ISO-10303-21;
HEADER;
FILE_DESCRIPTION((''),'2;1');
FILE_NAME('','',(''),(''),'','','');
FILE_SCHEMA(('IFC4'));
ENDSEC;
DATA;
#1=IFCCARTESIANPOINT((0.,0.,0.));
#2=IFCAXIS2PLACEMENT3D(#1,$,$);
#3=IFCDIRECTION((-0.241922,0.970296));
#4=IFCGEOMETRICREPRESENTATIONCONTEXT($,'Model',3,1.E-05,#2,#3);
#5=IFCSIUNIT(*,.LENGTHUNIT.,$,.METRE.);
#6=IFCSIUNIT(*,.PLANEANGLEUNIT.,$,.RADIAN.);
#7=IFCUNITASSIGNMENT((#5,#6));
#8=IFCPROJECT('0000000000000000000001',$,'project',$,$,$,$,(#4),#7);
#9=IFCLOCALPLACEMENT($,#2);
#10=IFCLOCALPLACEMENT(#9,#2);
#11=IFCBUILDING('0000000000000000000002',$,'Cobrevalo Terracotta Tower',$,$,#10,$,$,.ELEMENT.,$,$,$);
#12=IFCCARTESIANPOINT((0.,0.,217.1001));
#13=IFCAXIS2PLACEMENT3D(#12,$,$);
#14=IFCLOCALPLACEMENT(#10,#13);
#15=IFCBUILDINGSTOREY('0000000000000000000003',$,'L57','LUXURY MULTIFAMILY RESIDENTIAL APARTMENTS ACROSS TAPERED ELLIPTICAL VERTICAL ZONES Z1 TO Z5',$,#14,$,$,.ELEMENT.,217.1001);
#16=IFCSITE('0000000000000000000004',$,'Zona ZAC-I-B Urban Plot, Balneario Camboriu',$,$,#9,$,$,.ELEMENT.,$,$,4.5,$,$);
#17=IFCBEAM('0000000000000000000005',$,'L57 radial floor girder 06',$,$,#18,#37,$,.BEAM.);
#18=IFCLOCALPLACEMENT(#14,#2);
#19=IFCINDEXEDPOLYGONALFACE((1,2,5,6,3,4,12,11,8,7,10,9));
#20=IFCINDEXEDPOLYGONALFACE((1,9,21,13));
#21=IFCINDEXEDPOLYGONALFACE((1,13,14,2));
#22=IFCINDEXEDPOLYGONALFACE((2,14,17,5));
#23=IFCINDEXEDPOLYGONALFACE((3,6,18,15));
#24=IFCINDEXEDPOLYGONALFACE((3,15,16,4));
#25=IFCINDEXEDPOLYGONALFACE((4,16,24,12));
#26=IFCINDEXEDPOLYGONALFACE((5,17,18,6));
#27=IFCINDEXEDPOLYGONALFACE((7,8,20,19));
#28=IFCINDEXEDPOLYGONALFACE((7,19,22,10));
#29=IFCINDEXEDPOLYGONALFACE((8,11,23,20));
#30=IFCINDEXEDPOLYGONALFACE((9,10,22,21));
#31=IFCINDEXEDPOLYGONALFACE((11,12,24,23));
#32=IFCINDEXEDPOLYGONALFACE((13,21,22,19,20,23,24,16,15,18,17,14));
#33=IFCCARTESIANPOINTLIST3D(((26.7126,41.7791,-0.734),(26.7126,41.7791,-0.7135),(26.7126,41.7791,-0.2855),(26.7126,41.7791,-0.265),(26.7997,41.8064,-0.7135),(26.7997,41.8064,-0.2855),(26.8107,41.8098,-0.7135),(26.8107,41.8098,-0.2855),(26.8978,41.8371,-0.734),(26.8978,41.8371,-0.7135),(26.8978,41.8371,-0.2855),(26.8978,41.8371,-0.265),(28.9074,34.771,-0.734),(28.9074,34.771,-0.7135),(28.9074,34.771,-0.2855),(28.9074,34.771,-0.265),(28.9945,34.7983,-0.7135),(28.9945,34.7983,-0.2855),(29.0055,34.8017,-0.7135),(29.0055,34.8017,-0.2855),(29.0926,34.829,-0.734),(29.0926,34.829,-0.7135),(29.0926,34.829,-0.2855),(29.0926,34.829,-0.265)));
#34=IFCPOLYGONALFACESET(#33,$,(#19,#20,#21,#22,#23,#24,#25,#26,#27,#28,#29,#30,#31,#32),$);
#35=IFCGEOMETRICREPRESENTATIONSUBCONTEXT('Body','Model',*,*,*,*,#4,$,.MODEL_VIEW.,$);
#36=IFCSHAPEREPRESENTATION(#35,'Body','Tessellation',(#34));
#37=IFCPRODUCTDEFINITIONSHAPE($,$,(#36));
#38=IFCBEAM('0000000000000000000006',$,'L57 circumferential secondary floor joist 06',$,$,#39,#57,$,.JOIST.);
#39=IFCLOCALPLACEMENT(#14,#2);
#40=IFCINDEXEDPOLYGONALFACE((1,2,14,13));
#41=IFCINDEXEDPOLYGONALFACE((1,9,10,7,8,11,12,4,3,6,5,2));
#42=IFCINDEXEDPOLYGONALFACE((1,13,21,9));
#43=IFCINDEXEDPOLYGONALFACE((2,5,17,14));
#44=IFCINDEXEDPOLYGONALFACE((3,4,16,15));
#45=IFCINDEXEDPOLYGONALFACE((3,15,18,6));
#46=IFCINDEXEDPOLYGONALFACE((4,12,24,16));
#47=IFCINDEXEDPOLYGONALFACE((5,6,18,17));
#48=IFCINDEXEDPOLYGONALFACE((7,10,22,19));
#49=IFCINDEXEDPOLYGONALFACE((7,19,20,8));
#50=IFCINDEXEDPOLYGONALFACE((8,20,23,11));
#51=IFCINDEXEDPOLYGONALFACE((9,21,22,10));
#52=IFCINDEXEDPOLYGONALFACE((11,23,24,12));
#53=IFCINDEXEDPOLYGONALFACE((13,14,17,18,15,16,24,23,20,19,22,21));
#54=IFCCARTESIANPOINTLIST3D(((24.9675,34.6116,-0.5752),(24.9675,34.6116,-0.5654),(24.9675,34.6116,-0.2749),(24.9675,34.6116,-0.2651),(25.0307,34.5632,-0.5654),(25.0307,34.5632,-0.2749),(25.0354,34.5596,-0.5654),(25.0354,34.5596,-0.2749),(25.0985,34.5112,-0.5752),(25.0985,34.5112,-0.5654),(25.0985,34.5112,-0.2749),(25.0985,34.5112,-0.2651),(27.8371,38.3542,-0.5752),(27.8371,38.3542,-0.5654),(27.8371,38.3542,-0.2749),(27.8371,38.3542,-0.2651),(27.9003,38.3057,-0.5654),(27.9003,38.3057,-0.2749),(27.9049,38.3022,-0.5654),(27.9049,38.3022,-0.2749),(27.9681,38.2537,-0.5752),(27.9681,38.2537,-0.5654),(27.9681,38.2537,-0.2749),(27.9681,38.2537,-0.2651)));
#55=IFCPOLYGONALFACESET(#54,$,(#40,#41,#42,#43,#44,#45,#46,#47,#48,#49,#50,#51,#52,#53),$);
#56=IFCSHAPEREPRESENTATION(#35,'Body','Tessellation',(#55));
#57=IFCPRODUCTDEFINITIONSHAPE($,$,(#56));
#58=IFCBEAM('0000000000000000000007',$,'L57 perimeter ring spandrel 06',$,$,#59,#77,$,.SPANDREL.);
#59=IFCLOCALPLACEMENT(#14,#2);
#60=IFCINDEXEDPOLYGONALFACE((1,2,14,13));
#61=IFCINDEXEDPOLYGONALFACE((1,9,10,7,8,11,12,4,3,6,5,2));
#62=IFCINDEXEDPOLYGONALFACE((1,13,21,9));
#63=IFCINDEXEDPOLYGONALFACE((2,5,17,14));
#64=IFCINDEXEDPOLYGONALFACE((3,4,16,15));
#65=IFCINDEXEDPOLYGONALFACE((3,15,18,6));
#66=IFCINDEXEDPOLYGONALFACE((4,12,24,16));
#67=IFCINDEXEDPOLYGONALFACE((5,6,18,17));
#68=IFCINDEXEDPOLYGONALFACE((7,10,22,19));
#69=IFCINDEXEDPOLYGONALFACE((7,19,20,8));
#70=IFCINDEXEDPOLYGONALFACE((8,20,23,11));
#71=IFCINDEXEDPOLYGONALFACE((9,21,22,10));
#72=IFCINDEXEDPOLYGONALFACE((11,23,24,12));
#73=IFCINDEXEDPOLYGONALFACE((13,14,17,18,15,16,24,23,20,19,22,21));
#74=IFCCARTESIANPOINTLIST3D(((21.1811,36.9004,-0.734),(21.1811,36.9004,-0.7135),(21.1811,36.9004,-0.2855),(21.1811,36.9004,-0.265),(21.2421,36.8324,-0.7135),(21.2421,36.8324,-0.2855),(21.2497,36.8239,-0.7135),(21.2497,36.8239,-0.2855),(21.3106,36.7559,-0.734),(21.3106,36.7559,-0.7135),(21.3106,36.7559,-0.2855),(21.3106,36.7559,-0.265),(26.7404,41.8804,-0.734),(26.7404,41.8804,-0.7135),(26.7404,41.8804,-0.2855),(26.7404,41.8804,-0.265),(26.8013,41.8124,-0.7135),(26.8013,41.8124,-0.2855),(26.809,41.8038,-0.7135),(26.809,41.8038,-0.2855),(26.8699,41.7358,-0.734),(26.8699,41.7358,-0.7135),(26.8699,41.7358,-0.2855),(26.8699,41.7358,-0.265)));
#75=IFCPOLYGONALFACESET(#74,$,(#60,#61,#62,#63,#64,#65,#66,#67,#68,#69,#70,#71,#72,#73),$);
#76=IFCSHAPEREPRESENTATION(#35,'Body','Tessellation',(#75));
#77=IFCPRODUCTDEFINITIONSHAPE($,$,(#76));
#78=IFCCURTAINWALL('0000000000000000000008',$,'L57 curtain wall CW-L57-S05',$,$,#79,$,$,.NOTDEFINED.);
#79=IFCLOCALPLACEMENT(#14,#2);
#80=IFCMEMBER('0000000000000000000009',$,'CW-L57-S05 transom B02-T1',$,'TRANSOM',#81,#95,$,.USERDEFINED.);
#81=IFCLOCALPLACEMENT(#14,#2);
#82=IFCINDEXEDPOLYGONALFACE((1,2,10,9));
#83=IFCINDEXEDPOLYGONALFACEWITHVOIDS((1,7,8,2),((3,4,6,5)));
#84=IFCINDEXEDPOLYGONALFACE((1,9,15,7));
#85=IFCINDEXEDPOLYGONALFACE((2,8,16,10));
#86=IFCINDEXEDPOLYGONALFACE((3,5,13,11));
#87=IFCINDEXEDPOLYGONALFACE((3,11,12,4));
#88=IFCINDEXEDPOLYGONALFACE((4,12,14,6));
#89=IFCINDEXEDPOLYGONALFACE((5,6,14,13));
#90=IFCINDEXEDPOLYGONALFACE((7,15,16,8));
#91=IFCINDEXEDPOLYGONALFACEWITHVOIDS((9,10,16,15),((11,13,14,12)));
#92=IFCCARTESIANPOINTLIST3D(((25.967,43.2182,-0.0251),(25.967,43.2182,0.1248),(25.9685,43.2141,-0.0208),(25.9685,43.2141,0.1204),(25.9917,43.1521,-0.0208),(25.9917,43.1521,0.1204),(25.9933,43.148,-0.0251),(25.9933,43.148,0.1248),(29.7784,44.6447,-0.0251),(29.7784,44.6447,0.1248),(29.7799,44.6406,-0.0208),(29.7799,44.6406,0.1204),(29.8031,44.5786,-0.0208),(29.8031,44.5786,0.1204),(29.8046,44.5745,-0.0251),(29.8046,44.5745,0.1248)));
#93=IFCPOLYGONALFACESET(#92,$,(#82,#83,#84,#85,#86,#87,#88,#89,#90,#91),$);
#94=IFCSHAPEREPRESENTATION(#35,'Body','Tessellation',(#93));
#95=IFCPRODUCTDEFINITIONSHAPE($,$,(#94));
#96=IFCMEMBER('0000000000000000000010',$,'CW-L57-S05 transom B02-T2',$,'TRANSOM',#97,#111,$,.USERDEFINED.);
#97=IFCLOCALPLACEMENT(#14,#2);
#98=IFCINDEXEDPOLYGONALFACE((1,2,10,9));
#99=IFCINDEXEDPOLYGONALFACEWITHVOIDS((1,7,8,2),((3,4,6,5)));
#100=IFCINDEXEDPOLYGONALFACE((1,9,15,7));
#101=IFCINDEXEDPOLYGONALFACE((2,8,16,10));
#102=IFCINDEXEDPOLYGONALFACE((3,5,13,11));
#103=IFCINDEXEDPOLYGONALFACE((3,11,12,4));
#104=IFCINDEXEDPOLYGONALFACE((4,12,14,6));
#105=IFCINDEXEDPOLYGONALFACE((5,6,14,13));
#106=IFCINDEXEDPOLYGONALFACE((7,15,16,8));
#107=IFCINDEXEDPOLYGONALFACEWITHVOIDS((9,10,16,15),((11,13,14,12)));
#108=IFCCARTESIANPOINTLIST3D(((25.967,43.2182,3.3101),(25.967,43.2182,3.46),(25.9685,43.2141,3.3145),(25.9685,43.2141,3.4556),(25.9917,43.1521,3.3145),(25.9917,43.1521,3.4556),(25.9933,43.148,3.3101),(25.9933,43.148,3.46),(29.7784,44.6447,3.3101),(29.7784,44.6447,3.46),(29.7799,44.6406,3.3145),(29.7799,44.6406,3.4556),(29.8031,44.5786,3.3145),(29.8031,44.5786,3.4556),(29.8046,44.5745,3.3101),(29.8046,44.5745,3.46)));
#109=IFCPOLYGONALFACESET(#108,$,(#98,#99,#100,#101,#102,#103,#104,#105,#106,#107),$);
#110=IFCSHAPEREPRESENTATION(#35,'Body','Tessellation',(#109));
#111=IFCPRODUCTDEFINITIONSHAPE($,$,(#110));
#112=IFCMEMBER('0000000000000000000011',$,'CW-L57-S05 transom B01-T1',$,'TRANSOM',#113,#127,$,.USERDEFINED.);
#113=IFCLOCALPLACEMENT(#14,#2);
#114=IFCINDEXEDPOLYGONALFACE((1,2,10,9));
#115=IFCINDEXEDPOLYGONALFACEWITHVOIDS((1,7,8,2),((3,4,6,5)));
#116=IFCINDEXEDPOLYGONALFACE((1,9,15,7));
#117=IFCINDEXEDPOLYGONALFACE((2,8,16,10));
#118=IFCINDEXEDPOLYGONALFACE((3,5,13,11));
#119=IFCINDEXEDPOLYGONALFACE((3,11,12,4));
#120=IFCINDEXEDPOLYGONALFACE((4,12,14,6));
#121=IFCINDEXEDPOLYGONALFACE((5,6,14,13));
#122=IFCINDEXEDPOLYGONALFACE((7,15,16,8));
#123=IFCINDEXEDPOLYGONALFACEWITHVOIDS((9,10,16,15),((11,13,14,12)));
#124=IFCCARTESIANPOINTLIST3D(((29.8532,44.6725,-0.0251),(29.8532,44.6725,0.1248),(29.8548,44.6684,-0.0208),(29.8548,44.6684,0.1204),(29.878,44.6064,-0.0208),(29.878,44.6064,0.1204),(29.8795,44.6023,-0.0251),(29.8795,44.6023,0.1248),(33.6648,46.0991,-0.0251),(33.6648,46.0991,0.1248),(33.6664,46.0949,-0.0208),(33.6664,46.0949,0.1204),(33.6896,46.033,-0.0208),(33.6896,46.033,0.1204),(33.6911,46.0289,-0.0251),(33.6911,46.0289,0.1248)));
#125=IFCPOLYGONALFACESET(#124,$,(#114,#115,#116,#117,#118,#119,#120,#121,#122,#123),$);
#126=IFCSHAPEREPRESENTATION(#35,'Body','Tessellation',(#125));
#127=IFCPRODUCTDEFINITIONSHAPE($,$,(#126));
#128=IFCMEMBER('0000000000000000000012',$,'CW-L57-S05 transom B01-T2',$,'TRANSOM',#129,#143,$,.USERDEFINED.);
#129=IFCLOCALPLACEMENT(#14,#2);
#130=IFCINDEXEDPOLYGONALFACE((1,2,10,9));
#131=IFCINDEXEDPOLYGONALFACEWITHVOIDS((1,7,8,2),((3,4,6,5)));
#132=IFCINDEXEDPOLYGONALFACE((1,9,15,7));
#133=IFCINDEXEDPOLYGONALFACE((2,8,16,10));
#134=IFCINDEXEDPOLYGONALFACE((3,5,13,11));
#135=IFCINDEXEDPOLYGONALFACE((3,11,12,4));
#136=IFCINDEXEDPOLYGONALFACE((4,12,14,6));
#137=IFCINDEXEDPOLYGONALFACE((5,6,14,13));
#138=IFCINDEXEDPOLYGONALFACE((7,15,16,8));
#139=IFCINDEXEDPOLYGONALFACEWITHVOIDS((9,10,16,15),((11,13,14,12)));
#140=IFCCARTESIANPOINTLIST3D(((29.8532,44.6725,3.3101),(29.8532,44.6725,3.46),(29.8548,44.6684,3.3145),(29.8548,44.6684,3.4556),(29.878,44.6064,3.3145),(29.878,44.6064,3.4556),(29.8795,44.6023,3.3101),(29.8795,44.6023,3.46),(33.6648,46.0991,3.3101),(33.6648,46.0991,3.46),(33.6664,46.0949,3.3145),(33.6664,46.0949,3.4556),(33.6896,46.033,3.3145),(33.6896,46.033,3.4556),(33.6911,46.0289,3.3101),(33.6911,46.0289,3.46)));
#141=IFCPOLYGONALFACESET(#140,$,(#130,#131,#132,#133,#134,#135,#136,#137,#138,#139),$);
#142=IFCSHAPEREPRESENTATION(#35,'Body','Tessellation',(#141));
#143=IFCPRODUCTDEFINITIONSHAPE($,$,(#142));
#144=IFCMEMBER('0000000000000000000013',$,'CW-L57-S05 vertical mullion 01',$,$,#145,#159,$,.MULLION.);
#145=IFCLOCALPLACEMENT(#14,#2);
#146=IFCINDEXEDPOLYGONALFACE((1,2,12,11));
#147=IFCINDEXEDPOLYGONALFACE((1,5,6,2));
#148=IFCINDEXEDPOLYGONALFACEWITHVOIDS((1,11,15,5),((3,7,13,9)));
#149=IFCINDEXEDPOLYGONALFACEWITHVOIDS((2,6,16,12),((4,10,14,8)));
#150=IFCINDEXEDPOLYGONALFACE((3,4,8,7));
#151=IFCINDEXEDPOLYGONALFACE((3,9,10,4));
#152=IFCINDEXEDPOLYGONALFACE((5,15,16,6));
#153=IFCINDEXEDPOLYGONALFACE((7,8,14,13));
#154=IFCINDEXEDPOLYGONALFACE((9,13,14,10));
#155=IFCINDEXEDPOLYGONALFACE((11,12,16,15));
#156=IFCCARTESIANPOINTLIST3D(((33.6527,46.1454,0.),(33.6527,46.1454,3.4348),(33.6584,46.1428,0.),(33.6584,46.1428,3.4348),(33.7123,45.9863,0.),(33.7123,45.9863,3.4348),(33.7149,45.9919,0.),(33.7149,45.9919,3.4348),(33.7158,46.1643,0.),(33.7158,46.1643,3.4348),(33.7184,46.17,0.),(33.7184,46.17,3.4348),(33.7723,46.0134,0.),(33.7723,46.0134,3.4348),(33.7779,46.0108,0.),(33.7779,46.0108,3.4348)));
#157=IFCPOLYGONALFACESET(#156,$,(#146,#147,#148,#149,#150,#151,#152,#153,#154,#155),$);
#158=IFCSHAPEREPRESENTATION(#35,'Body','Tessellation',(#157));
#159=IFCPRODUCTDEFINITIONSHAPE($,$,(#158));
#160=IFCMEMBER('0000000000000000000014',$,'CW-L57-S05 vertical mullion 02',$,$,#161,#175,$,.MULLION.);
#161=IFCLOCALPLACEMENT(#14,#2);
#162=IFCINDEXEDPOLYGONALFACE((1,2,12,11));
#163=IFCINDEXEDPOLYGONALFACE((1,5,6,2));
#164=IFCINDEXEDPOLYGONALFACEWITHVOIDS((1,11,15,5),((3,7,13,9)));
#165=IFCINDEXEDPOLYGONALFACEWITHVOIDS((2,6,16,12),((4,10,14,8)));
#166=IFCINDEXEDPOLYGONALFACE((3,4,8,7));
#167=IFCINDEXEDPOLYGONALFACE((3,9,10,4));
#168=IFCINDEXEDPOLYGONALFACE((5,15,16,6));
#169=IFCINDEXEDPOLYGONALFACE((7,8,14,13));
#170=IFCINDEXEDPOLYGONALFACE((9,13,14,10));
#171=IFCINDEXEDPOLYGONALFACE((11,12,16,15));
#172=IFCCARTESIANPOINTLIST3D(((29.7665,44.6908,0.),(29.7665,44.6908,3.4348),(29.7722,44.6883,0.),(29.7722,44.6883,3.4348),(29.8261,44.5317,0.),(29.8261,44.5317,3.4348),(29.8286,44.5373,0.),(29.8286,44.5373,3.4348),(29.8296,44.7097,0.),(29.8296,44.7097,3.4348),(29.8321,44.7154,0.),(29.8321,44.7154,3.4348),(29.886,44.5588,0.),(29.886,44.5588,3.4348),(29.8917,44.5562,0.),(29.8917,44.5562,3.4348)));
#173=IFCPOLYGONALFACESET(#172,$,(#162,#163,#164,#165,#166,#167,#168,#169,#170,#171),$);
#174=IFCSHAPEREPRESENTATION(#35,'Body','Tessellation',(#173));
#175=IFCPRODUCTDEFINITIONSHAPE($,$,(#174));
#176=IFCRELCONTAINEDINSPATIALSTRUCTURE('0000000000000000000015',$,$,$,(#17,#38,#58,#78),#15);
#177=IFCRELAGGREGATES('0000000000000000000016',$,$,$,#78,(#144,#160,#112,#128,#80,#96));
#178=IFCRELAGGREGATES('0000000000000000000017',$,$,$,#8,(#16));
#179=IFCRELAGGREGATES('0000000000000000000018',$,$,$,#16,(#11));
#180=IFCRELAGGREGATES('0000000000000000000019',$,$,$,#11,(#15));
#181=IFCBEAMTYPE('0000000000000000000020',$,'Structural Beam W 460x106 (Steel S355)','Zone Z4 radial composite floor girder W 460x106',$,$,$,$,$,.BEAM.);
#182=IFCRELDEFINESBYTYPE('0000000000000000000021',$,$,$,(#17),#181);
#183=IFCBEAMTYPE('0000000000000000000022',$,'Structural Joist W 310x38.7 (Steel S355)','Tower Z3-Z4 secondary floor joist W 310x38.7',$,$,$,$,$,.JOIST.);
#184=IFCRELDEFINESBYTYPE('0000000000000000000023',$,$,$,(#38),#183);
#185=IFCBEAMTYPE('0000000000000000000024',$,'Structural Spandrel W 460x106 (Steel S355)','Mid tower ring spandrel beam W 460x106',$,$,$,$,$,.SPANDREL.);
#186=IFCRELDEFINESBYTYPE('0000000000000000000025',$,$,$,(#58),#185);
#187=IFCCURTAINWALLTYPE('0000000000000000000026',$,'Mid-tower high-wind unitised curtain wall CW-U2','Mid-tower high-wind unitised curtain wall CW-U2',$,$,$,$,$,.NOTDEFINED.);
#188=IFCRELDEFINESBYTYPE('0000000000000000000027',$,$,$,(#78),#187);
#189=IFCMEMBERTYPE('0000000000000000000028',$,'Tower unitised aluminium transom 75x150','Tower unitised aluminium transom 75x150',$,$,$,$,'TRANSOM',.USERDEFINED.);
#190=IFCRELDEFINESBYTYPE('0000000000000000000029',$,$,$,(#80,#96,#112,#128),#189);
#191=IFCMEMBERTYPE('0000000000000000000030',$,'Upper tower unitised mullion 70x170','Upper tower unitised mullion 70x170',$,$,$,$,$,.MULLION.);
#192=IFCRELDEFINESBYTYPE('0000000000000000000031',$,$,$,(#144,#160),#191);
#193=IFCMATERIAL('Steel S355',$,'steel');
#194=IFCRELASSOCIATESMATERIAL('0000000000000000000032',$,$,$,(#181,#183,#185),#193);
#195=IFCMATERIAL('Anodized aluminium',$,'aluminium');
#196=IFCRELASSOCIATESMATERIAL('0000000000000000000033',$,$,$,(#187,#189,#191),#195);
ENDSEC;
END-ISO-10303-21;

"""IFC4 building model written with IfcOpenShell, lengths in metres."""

from ifc_helpers import new_model, si_unit, direction, frame, origin, origin_2d, place, context, subcontext, project, spatial, hollow_rectangle, i_section, extrude, source, transform, mapped, material, material_profile, profile_set, type_object, element, aggregate, save


model = new_model("IFC4")

# Units and contexts
model_context = context("Model", 3, precision=1e-05, world=origin(), true_north=direction((-0.241922, 0.970296)))
body_context = subcontext(model_context, "Body", "Model", "MODEL_VIEW")
ifc_project = project(units=[si_unit("LENGTHUNIT", "METRE"), si_unit("PLANEANGLEUNIT", "RADIAN")], contexts=[model_context])

# Site, building, storey
site_placement = place(None, origin())
site = spatial("IfcSite", under=ifc_project, at=site_placement, Name="Zona ZAC-I-B Urban Plot, Balneario Camboriu", CompositionType="ELEMENT", RefElevation=4.5)
building_placement = place(site_placement, origin())
building = spatial("IfcBuilding", under=site, at=building_placement, Name="Cobrevalo Terracotta Tower", CompositionType="ELEMENT")
storey_placement = place(building_placement, frame((0.0, 0.0, 217.1001)))
storey = spatial("IfcBuildingStorey", under=building, at=storey_placement, Name="L57", Description="LUXURY MULTIFAMILY RESIDENTIAL APARTMENTS ACROSS TAPERED ELLIPTICAL VERTICAL ZONES Z1 TO Z5", CompositionType="ELEMENT", Elevation=217.1001)

# Shared definitions
ifc_material_1 = material(Name="Steel S355", Category="steel")

# Beams
ifc_material_profile_1 = material_profile(ifc_material_1, i_section(OverallWidth=0.1941, OverallDepth=0.469, WebThickness=0.0115, FlangeThickness=0.0205, at=origin_2d()), Name="W 460x106")
ifc_profile_set_1 = profile_set([ifc_material_profile_1], Name="Steel S355")
beam_type_1 = type_object("IfcBeamType", Name="Structural Beam W 460x106 (Steel S355)", Description="Zone Z4 radial composite floor girder W 460x106", PredefinedType="BEAM", material=ifc_profile_set_1)
beam_1_placement = place(storey_placement, frame((26.8052, 41.8081, -0.4995), z_axis=(0.298871, -0.954293, 0.0), x_axis=(0.954293, 0.298871, 0.0)))
element("IfcBeam", 1, at=beam_1_placement, inside=storey, type_object=beam_type_1, Name="L57 radial floor girder 06", PredefinedType="BEAM", context=body_context, shape_type="SweptSolid", body=[
    extrude(i_section(OverallWidth=0.1941, OverallDepth=0.469, WebThickness=0.0115, FlangeThickness=0.0205, at=origin_2d()), origin(), (0.0, 0.0, 1.0), 7.3438),
])
ifc_material_profile_2 = material_profile(ifc_material_1, i_section(OverallWidth=0.165, OverallDepth=0.3101, WebThickness=0.0059, FlangeThickness=0.0098, at=origin_2d()), Name="W 310x38.7")
ifc_profile_set_2 = profile_set([ifc_material_profile_2], Name="Steel S355")
beam_type_2 = type_object("IfcBeamType", Name="Structural Joist W 310x38.7 (Steel S355)", Description="Tower Z3-Z4 secondary floor joist W 310x38.7", PredefinedType="JOIST", material=ifc_profile_set_2)
beam_2_placement = place(storey_placement, frame((27.9026, 38.304, -0.4202), z_axis=(-0.608464, -0.793581, 0.0), x_axis=(0.793581, -0.608464, 0.0)))
element("IfcBeam", 2, at=beam_2_placement, inside=storey, type_object=beam_type_2, Name="L57 circumferential secondary floor joist 06", PredefinedType="JOIST", context=body_context, shape_type="SweptSolid", body=[
    extrude(i_section(OverallWidth=0.165, OverallDepth=0.3101, WebThickness=0.0059, FlangeThickness=0.0098, at=origin_2d()), origin(), (0.0, 0.0, 1.0), 4.7161),
])
ifc_material_profile_3 = material_profile(ifc_material_1, i_section(OverallWidth=0.1941, OverallDepth=0.469, WebThickness=0.0115, FlangeThickness=0.0205, at=origin_2d()), Name="W 460x106")
ifc_profile_set_3 = profile_set([ifc_material_profile_3], Name="Steel S355")
beam_type_3 = type_object("IfcBeamType", Name="Structural Spandrel W 460x106 (Steel S355)", Description="Mid tower ring spandrel beam W 460x106", PredefinedType="SPANDREL", material=ifc_profile_set_3)
beam_3_placement = place(storey_placement, frame((26.8052, 41.8081, -0.4995), z_axis=(-0.744852, -0.66723, 0.0), x_axis=(0.66723, -0.744852, 0.0)))
element("IfcBeam", 3, at=beam_3_placement, inside=storey, type_object=beam_type_3, Name="L57 perimeter ring spandrel 06", PredefinedType="SPANDREL", context=body_context, shape_type="SweptSolid", body=[
    extrude(i_section(OverallWidth=0.1941, OverallDepth=0.469, WebThickness=0.0115, FlangeThickness=0.0205, at=origin_2d()), origin(), (0.0, 0.0, 1.0), 7.4636),
])

# Curtain wall, members
ifc_material_2 = material(Name="Anodized aluminium", Category="aluminium")
curtain_wall_type = type_object("IfcCurtainWallType", Name="Mid-tower high-wind unitised curtain wall CW-U2", Description="Mid-tower high-wind unitised curtain wall CW-U2", PredefinedType="NOTDEFINED", material=ifc_material_2)
curtain_wall_placement = place(storey_placement, origin())
curtain_wall = element("IfcCurtainWall", 4, at=curtain_wall_placement, inside=storey, type_object=curtain_wall_type, Name="L57 curtain wall CW-L57-S05", PredefinedType="NOTDEFINED")
ifc_material_profile_4 = material_profile(ifc_material_2, hollow_rectangle(XDim=0.075, YDim=0.1499, WallThickness=0.0044, at=origin_2d()), Name="CWT 75x150")
ifc_profile_set_4 = profile_set([ifc_material_profile_4], Name="Anodized aluminium")
member_type_1 = type_object("IfcMemberType", Name="Tower unitised aluminium transom 75x150", Description="Tower unitised aluminium transom 75x150", ElementType="TRANSOM", PredefinedType="USERDEFINED", material=ifc_profile_set_4)
shared_shape_1 = source(origin(), body_context, "Body", "SweptSolid", [
    extrude(hollow_rectangle(XDim=0.075, YDim=0.1499, WallThickness=0.0044, at=origin_2d()), origin(), (0.0, 0.0, 1.0), 4.0696),
])
member_1_placement = place(storey_placement, frame((29.7915, 44.6096, 0.0498), z_axis=(-0.936548, -0.350538, 0.0), x_axis=(0.350538, -0.936548, 0.0)))
member_1 = element("IfcMember", 5, at=member_1_placement, type_object=member_type_1, Name="CW-L57-S05 transom B02-T1", ObjectType="TRANSOM", PredefinedType="USERDEFINED", context=body_context, shape_type="MappedRepresentation", body=[
    mapped(shared_shape_1, transform((0.0, 0.0, 0.0), scale=1.0)),
])
member_2_placement = place(storey_placement, frame((29.7915, 44.6096, 3.385), z_axis=(-0.936548, -0.350538, 0.0), x_axis=(0.350538, -0.936548, 0.0)))
member_2 = element("IfcMember", 6, at=member_2_placement, type_object=member_type_1, Name="CW-L57-S05 transom B02-T2", ObjectType="TRANSOM", PredefinedType="USERDEFINED", context=body_context, shape_type="MappedRepresentation", body=[
    mapped(shared_shape_1, transform((0.0, 0.0, 0.0), scale=1.0)),
])
shared_shape_2 = source(origin(), body_context, "Body", "SweptSolid", [
    extrude(hollow_rectangle(XDim=0.075, YDim=0.1499, WallThickness=0.0044, at=origin_2d()), origin(), (0.0, 0.0, 1.0), 4.0698),
])
member_3_placement = place(storey_placement, frame((33.678, 46.064, 0.0498), z_axis=(-0.936556, -0.350519, 0.0), x_axis=(0.350519, -0.936556, 0.0)))
member_3 = element("IfcMember", 7, at=member_3_placement, type_object=member_type_1, Name="CW-L57-S05 transom B01-T1", ObjectType="TRANSOM", PredefinedType="USERDEFINED", context=body_context, shape_type="MappedRepresentation", body=[
    mapped(shared_shape_2, transform((0.0, 0.0, 0.0), scale=1.0)),
])
member_4_placement = place(storey_placement, frame((33.678, 46.064, 3.385), z_axis=(-0.936556, -0.350519, 0.0), x_axis=(0.350519, -0.936556, 0.0)))
member_4 = element("IfcMember", 8, at=member_4_placement, type_object=member_type_1, Name="CW-L57-S05 transom B01-T2", ObjectType="TRANSOM", PredefinedType="USERDEFINED", context=body_context, shape_type="MappedRepresentation", body=[
    mapped(shared_shape_2, transform((0.0, 0.0, 0.0), scale=1.0)),
])
ifc_material_profile_5 = material_profile(ifc_material_2, hollow_rectangle(XDim=0.0701, YDim=0.1699, WallThickness=0.0044, at=origin_2d()), Name="CWM 70x170")
ifc_profile_set_5 = profile_set([ifc_material_profile_5], Name="Anodized aluminium")
member_type_2 = type_object("IfcMemberType", Name="Upper tower unitised mullion 70x170", Description="Upper tower unitised mullion 70x170", PredefinedType="MULLION", material=ifc_profile_set_5)
shared_shape_3 = source(origin(), body_context, "Body", "SweptSolid", [
    extrude(hollow_rectangle(XDim=0.0701, YDim=0.1699, WallThickness=0.0044, at=origin_2d()), origin(), (0.0, 0.0, 1.0), 3.4348),
])
member_5_placement = place(storey_placement, frame((33.7153, 46.0781, 0.0), z_axis=(0.0, 0.0, 1.0), x_axis=(-0.936556, -0.350518, 0.0)))
member_5 = element("IfcMember", 9, at=member_5_placement, type_object=member_type_2, Name="CW-L57-S05 vertical mullion 01", PredefinedType="MULLION", context=body_context, shape_type="MappedRepresentation", body=[
    mapped(shared_shape_3, transform((0.0, 0.0, 0.0), scale=1.0)),
])
member_6_placement = place(storey_placement, frame((29.8291, 44.6235, 0.0), z_axis=(0.0, 0.0, 1.0), x_axis=(-0.936556, -0.350518, 0.0)))
member_6 = element("IfcMember", 10, at=member_6_placement, type_object=member_type_2, Name="CW-L57-S05 vertical mullion 02", PredefinedType="MULLION", context=body_context, shape_type="MappedRepresentation", body=[
    mapped(shared_shape_3, transform((0.0, 0.0, 0.0), scale=1.0)),
])
aggregate(curtain_wall, [member_5, member_6, member_3, member_4, member_1, member_2])

save(model, "model.ifc")
